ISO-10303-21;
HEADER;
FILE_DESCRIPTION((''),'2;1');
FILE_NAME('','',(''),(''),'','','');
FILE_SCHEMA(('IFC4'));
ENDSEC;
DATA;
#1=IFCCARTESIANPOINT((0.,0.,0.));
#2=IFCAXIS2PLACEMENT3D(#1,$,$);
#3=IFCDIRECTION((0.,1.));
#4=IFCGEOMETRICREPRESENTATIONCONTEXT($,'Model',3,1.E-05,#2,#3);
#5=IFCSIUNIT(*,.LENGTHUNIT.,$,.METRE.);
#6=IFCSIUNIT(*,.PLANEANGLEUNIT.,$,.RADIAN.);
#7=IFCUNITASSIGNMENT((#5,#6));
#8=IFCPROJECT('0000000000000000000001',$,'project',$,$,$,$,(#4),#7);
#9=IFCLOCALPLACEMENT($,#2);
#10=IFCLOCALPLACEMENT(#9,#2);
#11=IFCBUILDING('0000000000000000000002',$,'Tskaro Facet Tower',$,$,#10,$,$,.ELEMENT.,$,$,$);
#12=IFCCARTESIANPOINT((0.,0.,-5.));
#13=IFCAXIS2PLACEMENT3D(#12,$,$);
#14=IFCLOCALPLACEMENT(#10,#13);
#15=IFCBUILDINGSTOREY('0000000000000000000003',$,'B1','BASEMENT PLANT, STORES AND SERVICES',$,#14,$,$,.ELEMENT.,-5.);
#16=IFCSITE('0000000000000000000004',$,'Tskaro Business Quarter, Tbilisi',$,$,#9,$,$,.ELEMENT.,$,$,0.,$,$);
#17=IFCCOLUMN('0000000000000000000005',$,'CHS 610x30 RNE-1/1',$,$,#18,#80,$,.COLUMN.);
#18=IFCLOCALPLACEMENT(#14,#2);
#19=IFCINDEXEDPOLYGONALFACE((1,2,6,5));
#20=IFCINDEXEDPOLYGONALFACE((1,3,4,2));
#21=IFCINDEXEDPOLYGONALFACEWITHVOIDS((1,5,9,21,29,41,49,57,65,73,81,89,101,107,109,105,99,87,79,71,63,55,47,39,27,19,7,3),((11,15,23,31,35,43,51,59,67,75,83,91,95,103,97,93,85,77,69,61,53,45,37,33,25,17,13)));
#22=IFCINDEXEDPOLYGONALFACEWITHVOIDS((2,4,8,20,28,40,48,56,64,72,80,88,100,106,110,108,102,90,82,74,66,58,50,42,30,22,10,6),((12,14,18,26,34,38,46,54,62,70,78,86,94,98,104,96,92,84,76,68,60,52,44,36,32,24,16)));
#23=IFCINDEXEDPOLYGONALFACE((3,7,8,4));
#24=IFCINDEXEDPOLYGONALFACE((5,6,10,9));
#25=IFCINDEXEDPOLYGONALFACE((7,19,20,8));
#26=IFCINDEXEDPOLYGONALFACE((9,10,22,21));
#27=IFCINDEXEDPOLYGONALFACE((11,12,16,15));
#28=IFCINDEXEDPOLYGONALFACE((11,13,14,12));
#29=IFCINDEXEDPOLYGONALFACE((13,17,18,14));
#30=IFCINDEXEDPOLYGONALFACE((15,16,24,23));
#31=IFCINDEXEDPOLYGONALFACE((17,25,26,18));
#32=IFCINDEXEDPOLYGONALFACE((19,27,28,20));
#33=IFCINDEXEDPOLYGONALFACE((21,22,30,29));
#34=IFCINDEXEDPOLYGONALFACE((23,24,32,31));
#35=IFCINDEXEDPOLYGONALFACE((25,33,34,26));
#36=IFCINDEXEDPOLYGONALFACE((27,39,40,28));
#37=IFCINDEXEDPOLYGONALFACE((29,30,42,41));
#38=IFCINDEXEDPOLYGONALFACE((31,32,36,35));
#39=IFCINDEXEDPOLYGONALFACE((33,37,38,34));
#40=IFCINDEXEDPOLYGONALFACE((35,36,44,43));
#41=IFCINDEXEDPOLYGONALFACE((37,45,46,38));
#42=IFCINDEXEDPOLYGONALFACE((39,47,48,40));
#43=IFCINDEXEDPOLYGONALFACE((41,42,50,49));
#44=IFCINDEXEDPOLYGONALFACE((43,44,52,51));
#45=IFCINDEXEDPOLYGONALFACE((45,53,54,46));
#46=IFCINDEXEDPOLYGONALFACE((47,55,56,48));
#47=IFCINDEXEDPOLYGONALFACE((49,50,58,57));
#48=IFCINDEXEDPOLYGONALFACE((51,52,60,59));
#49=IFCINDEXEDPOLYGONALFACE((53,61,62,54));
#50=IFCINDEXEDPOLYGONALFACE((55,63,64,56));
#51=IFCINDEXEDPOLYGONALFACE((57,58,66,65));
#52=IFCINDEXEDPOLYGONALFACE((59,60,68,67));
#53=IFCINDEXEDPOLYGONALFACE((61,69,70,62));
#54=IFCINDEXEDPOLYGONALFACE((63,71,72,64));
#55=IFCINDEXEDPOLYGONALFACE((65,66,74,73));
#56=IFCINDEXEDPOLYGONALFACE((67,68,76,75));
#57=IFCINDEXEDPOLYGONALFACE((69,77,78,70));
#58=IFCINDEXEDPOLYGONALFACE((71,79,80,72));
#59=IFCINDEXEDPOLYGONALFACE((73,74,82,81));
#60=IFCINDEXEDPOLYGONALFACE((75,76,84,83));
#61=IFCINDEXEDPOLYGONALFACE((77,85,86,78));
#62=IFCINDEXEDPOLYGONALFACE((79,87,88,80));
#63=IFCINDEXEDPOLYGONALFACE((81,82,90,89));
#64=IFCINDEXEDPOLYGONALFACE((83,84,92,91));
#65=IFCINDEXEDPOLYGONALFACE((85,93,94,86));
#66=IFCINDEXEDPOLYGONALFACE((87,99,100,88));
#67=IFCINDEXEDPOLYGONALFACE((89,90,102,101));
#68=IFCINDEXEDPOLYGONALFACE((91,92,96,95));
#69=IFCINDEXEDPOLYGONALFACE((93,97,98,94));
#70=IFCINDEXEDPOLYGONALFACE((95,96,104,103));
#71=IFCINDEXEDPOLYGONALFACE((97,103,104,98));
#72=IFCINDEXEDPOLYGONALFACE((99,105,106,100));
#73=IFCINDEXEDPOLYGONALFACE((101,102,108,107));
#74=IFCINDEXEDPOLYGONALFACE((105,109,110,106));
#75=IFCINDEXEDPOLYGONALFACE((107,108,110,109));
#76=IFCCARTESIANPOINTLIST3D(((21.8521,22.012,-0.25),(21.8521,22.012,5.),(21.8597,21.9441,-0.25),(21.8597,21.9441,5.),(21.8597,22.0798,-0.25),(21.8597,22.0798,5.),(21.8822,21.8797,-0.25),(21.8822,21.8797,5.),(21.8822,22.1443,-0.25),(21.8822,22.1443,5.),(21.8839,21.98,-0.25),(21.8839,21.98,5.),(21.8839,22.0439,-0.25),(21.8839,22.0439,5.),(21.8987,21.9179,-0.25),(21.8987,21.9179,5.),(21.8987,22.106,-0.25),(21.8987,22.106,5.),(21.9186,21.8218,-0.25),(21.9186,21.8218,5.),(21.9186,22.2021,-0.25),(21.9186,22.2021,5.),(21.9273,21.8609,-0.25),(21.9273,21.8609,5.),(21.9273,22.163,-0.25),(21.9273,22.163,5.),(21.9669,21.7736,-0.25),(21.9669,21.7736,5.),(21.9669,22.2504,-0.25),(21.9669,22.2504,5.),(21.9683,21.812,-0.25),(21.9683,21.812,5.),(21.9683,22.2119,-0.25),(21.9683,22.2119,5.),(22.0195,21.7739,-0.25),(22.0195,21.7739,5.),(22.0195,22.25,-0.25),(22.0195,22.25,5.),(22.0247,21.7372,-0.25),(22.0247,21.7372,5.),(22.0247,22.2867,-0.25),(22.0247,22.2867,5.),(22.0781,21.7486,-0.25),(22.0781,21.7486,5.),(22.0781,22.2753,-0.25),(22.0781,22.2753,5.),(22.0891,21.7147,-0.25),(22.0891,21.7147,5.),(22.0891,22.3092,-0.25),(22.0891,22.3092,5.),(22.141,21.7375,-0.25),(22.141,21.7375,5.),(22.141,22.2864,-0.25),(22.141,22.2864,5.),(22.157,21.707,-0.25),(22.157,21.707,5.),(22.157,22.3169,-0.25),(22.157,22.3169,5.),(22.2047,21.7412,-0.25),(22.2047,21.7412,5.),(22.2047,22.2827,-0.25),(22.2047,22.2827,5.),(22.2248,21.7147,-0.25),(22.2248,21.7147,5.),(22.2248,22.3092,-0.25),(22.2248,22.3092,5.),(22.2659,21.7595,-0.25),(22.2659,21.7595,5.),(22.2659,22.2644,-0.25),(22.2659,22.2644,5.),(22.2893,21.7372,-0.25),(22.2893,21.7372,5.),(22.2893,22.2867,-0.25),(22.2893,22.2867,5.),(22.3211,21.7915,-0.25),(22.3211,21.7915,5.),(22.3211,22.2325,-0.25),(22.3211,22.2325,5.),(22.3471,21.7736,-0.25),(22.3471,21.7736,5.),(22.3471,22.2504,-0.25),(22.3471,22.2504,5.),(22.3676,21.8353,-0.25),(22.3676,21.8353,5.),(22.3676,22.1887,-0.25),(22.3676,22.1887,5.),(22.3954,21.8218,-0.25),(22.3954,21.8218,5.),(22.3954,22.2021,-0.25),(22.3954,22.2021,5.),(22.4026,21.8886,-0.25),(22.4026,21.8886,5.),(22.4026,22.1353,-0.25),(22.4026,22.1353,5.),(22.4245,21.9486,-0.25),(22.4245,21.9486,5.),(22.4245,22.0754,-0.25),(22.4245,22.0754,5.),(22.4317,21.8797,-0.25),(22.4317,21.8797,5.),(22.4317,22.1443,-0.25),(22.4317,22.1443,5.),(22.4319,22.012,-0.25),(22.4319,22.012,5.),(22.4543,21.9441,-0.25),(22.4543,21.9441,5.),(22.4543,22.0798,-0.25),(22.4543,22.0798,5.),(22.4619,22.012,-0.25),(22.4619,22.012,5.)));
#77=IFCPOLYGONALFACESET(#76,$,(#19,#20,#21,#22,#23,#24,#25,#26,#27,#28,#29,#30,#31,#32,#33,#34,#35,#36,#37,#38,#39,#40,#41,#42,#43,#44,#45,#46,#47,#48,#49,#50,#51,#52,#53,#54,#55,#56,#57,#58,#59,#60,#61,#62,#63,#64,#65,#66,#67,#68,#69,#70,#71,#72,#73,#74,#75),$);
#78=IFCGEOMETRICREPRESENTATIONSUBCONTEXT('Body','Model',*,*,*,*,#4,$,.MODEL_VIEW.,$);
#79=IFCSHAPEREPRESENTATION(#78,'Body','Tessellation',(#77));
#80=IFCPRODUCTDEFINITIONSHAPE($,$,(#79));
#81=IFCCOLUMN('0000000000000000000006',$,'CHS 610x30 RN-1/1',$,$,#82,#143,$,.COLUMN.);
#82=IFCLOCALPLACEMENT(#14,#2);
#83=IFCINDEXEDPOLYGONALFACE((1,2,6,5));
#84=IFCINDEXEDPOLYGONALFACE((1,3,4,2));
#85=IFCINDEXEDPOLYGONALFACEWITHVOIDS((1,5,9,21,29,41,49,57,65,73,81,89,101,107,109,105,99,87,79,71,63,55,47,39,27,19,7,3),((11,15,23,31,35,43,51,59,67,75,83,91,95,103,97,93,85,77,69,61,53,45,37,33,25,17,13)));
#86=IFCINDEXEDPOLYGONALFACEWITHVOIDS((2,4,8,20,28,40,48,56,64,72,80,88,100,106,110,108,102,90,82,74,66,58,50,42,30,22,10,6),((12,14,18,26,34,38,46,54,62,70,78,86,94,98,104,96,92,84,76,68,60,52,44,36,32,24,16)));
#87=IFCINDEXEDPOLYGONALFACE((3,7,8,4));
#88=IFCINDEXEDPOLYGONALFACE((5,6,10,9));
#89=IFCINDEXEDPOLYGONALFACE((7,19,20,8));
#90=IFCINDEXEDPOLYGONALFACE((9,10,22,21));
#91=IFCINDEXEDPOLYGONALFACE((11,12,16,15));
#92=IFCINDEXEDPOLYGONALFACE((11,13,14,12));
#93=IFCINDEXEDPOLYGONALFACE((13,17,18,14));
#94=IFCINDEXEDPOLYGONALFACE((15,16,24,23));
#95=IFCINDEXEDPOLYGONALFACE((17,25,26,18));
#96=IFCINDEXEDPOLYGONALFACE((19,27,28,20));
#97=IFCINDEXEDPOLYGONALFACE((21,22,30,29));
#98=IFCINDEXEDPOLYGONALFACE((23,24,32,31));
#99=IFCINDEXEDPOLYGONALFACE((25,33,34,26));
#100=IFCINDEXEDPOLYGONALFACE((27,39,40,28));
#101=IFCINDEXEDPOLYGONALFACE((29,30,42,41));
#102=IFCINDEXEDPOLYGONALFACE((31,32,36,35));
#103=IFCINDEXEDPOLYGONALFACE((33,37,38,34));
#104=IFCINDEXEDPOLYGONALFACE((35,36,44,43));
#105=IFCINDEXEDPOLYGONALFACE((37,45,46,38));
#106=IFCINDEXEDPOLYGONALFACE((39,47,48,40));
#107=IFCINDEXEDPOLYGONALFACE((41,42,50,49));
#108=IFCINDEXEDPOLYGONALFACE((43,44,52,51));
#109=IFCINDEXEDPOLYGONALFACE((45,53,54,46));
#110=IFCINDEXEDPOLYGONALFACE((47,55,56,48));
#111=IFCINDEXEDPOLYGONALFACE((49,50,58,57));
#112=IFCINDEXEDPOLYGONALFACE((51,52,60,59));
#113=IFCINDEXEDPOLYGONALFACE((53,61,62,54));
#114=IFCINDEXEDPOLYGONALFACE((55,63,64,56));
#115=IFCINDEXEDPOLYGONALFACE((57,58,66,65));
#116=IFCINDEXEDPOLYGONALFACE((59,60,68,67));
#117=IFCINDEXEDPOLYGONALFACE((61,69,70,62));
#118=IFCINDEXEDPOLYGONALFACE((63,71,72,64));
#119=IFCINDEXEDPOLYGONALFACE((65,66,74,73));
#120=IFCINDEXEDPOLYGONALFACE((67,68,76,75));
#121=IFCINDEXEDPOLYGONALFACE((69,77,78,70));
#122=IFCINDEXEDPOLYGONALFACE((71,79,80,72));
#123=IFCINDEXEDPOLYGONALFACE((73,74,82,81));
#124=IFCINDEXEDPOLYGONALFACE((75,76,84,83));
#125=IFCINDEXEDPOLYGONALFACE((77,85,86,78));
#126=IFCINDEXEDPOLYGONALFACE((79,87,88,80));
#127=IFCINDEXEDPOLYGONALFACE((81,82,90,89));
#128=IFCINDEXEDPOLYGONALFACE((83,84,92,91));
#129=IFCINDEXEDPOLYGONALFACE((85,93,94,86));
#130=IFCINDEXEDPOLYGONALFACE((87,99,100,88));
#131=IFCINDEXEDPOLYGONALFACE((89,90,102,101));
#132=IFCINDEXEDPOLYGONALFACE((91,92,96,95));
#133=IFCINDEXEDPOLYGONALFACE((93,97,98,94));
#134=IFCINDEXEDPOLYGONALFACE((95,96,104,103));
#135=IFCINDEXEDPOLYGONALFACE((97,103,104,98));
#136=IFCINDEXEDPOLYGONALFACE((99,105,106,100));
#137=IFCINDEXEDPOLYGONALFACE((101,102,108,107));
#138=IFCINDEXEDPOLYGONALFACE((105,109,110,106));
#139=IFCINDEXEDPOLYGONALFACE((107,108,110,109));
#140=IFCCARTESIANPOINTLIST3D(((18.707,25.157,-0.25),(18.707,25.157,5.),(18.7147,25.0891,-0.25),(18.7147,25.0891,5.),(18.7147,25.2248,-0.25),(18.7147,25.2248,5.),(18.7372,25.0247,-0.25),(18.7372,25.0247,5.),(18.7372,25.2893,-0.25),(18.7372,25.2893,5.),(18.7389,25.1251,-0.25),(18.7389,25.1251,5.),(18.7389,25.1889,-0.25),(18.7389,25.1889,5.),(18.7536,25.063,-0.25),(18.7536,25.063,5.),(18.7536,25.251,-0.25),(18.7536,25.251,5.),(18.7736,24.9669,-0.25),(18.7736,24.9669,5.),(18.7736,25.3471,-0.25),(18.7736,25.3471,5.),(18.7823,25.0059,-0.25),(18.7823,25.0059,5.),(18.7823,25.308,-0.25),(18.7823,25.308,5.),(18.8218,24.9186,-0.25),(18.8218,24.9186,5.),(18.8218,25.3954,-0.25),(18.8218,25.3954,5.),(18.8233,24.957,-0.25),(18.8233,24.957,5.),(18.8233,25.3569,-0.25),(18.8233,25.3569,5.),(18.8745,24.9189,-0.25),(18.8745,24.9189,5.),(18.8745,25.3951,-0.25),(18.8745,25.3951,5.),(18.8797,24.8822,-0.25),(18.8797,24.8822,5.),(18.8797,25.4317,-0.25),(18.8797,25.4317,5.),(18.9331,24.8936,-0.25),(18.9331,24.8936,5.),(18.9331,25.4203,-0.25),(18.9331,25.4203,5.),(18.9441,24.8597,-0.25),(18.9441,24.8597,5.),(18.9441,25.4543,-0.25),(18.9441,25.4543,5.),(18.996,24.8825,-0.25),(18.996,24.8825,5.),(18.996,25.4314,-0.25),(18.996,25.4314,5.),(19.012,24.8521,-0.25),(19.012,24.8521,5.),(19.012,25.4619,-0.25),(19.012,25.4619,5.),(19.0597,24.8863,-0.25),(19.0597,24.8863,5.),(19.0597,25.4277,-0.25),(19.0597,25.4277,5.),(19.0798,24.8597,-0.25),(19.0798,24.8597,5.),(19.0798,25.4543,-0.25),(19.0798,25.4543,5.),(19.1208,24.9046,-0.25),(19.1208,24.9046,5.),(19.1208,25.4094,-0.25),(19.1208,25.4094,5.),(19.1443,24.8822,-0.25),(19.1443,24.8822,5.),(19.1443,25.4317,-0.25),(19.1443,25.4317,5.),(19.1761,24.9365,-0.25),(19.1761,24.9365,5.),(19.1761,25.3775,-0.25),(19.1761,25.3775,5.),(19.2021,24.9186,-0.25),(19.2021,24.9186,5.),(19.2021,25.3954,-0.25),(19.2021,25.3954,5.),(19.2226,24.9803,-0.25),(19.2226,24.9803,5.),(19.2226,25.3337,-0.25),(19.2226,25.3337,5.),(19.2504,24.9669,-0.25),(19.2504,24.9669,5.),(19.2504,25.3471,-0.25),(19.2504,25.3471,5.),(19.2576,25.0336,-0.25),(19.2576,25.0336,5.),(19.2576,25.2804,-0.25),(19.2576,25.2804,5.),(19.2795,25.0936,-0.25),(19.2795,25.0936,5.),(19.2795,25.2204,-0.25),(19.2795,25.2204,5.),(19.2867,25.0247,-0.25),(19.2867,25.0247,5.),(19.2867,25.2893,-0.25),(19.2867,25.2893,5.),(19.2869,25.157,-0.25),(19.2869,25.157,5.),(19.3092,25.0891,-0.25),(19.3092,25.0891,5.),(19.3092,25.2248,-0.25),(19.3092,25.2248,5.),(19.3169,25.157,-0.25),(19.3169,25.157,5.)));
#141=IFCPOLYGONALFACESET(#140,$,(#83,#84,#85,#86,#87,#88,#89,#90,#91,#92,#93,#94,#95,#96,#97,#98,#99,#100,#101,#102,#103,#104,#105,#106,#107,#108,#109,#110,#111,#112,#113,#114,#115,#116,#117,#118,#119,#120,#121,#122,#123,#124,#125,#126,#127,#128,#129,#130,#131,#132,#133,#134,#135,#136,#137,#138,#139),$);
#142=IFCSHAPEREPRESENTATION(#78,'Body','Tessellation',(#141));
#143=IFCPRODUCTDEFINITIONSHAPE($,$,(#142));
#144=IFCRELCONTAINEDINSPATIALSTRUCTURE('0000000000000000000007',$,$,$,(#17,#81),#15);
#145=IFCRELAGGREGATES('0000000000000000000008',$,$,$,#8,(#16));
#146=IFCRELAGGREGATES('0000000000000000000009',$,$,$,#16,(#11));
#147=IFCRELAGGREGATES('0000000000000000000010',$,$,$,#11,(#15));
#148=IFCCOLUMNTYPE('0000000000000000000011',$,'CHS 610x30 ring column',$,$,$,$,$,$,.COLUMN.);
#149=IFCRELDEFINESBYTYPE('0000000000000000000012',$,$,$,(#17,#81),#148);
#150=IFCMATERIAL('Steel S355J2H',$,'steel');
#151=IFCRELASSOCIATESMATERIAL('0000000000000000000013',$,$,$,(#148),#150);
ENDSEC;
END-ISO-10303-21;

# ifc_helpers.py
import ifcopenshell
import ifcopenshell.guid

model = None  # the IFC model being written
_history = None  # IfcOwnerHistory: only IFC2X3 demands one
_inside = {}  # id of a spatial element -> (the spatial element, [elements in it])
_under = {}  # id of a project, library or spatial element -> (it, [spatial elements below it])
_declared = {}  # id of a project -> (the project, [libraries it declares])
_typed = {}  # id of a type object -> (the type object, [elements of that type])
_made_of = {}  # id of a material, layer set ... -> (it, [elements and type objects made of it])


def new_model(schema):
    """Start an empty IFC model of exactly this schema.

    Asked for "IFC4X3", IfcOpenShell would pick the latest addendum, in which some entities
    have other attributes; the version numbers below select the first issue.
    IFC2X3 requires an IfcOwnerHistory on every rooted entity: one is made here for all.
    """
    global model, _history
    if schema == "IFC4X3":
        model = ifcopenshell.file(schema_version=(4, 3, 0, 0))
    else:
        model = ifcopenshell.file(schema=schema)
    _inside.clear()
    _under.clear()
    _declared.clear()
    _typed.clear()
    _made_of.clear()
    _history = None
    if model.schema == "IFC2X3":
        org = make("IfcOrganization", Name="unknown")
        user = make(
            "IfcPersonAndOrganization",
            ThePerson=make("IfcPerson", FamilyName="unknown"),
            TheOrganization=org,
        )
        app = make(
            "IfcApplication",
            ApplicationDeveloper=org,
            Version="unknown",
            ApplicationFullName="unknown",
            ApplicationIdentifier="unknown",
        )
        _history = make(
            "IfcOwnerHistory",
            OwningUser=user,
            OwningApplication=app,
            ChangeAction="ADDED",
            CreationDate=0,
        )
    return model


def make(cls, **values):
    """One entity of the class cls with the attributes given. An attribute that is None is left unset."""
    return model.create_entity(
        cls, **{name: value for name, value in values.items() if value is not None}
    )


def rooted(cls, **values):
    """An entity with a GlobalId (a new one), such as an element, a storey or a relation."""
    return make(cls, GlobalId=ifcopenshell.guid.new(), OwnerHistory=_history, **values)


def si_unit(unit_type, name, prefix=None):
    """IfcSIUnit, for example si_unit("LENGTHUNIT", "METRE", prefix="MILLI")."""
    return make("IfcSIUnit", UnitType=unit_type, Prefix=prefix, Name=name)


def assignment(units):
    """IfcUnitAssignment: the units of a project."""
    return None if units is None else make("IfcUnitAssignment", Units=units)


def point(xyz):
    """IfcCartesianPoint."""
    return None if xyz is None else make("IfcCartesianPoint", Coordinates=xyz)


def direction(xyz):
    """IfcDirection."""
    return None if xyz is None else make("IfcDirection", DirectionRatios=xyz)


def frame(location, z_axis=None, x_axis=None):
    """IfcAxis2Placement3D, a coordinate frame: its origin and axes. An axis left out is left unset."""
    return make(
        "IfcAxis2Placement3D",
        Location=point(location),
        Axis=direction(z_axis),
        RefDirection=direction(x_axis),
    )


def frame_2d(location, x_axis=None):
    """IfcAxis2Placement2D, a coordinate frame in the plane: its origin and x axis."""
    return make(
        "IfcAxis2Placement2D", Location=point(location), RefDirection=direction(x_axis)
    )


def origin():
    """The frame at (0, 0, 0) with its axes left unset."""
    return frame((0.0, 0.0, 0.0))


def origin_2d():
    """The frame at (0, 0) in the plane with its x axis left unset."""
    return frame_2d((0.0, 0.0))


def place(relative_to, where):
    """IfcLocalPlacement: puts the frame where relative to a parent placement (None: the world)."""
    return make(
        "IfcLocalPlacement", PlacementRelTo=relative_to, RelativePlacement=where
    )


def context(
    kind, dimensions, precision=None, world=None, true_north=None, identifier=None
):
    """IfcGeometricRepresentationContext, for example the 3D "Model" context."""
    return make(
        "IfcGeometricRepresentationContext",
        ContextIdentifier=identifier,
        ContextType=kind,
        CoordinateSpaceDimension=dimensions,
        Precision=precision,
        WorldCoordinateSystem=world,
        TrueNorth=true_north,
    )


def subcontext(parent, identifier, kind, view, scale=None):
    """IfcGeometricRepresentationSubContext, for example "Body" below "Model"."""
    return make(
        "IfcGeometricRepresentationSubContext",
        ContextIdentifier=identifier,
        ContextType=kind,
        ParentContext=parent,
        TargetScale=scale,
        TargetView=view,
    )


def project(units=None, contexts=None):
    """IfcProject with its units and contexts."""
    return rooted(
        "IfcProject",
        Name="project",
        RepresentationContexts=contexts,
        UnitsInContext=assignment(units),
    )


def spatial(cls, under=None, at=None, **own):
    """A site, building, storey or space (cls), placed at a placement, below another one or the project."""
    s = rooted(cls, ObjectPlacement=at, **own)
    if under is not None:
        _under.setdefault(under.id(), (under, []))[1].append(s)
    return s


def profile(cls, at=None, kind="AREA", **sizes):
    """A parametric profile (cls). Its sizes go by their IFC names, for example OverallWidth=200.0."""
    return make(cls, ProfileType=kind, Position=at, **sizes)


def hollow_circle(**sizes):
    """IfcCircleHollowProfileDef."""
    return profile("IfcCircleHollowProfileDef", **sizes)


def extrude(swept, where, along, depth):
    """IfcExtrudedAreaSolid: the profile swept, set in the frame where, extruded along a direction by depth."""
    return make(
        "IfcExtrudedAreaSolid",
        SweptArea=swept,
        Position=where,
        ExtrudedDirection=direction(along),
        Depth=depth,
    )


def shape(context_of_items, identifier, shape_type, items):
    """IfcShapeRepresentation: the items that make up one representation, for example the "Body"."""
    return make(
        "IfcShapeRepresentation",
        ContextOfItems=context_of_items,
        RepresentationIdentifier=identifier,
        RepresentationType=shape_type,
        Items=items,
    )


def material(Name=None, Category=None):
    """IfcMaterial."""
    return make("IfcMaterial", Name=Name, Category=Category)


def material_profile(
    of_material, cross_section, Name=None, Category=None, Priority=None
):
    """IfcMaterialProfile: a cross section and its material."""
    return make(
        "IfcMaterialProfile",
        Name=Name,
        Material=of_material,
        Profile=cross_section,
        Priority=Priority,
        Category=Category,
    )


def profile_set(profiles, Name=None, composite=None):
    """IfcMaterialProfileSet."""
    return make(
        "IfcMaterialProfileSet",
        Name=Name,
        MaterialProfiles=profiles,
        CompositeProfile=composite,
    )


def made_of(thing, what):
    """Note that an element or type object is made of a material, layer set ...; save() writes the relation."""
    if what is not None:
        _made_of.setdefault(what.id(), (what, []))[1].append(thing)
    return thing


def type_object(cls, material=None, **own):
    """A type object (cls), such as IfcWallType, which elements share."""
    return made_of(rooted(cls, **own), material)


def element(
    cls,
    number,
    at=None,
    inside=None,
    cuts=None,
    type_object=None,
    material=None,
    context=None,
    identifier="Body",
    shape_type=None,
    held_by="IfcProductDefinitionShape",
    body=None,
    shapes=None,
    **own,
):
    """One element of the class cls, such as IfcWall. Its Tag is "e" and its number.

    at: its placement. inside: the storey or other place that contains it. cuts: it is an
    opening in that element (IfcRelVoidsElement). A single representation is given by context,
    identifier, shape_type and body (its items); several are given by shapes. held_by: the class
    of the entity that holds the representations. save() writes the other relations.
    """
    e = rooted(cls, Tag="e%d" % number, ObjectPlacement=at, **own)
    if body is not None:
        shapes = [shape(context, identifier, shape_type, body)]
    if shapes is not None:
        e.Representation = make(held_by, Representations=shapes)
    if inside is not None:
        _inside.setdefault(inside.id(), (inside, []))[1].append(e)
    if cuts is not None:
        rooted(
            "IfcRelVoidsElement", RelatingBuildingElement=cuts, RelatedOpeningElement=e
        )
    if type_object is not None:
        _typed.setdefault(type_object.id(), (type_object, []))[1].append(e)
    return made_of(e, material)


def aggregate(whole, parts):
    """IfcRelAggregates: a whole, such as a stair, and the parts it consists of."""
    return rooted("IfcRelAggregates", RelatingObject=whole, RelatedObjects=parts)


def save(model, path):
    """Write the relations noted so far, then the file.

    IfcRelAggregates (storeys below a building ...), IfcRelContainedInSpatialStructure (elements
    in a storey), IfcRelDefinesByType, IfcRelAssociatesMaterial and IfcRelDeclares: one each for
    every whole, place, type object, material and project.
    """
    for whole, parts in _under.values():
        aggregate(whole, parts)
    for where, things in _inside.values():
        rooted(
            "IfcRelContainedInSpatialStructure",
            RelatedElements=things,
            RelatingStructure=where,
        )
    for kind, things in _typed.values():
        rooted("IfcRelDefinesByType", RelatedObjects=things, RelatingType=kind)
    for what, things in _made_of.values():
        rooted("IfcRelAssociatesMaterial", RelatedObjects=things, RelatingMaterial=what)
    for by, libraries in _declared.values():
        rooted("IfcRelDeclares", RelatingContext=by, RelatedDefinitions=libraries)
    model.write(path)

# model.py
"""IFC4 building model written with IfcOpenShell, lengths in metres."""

from ifc_helpers import new_model, si_unit, direction, frame, origin, origin_2d, place, context, subcontext, project, spatial, hollow_circle, extrude, material, material_profile, profile_set, type_object, element, save


model = new_model("IFC4")

# Units and contexts
model_context = context("Model", 3, precision=1e-05, world=origin(), true_north=direction((0.0, 1.0)))
body_context = subcontext(model_context, "Body", "Model", "MODEL_VIEW")
ifc_project = project(units=[si_unit("LENGTHUNIT", "METRE"), si_unit("PLANEANGLEUNIT", "RADIAN")], contexts=[model_context])

# Site, building, storey
site_placement = place(None, origin())
site = spatial("IfcSite", under=ifc_project, at=site_placement, Name="Tskaro Business Quarter, Tbilisi", CompositionType="ELEMENT", RefElevation=0.0)
building_placement = place(site_placement, origin())
building = spatial("IfcBuilding", under=site, at=building_placement, Name="Tskaro Facet Tower", CompositionType="ELEMENT")
storey_placement = place(building_placement, frame((0.0, 0.0, -5.0)))
storey = spatial("IfcBuildingStorey", under=building, at=storey_placement, Name="B1", Description="BASEMENT PLANT, STORES AND SERVICES", CompositionType="ELEMENT", Elevation=-5.0)

# Columns
ifc_material_1 = material(Name="Steel S355J2H", Category="steel")
ifc_material_profile_1 = material_profile(ifc_material_1, hollow_circle(Radius=0.3049, WallThickness=0.03, at=origin_2d()), Name="CHS 610x30")
ifc_profile_set_1 = profile_set([ifc_material_profile_1], Name="Steel S355J2H")
column_type_1 = type_object("IfcColumnType", Name="CHS 610x30 ring column", PredefinedType="COLUMN", material=ifc_profile_set_1)
for number, where, z_axis, x_axis, name in (
    (1, (22.157, 22.012, -0.25), (0.0, 0.0, 1.0), (1.0, 0.0, 0.0), "CHS 610x30 RNE-1/1"),
    (2, (19.012, 25.157, -0.25), (0.0, 0.0, 1.0), (1.0, 0.0, 0.0), "CHS 610x30 RN-1/1"),
):
    element("IfcColumn", number, at=place(storey_placement, frame(where, z_axis=z_axis, x_axis=x_axis)), inside=storey, type_object=column_type_1, Name=name, PredefinedType="COLUMN", context=body_context, shape_type="SweptSolid", body=[
        extrude(hollow_circle(Radius=0.3049, WallThickness=0.03, at=origin_2d()), origin(), (0.0, 0.0, 1.0), 5.25),
    ])

save(model, "model.ifc")
